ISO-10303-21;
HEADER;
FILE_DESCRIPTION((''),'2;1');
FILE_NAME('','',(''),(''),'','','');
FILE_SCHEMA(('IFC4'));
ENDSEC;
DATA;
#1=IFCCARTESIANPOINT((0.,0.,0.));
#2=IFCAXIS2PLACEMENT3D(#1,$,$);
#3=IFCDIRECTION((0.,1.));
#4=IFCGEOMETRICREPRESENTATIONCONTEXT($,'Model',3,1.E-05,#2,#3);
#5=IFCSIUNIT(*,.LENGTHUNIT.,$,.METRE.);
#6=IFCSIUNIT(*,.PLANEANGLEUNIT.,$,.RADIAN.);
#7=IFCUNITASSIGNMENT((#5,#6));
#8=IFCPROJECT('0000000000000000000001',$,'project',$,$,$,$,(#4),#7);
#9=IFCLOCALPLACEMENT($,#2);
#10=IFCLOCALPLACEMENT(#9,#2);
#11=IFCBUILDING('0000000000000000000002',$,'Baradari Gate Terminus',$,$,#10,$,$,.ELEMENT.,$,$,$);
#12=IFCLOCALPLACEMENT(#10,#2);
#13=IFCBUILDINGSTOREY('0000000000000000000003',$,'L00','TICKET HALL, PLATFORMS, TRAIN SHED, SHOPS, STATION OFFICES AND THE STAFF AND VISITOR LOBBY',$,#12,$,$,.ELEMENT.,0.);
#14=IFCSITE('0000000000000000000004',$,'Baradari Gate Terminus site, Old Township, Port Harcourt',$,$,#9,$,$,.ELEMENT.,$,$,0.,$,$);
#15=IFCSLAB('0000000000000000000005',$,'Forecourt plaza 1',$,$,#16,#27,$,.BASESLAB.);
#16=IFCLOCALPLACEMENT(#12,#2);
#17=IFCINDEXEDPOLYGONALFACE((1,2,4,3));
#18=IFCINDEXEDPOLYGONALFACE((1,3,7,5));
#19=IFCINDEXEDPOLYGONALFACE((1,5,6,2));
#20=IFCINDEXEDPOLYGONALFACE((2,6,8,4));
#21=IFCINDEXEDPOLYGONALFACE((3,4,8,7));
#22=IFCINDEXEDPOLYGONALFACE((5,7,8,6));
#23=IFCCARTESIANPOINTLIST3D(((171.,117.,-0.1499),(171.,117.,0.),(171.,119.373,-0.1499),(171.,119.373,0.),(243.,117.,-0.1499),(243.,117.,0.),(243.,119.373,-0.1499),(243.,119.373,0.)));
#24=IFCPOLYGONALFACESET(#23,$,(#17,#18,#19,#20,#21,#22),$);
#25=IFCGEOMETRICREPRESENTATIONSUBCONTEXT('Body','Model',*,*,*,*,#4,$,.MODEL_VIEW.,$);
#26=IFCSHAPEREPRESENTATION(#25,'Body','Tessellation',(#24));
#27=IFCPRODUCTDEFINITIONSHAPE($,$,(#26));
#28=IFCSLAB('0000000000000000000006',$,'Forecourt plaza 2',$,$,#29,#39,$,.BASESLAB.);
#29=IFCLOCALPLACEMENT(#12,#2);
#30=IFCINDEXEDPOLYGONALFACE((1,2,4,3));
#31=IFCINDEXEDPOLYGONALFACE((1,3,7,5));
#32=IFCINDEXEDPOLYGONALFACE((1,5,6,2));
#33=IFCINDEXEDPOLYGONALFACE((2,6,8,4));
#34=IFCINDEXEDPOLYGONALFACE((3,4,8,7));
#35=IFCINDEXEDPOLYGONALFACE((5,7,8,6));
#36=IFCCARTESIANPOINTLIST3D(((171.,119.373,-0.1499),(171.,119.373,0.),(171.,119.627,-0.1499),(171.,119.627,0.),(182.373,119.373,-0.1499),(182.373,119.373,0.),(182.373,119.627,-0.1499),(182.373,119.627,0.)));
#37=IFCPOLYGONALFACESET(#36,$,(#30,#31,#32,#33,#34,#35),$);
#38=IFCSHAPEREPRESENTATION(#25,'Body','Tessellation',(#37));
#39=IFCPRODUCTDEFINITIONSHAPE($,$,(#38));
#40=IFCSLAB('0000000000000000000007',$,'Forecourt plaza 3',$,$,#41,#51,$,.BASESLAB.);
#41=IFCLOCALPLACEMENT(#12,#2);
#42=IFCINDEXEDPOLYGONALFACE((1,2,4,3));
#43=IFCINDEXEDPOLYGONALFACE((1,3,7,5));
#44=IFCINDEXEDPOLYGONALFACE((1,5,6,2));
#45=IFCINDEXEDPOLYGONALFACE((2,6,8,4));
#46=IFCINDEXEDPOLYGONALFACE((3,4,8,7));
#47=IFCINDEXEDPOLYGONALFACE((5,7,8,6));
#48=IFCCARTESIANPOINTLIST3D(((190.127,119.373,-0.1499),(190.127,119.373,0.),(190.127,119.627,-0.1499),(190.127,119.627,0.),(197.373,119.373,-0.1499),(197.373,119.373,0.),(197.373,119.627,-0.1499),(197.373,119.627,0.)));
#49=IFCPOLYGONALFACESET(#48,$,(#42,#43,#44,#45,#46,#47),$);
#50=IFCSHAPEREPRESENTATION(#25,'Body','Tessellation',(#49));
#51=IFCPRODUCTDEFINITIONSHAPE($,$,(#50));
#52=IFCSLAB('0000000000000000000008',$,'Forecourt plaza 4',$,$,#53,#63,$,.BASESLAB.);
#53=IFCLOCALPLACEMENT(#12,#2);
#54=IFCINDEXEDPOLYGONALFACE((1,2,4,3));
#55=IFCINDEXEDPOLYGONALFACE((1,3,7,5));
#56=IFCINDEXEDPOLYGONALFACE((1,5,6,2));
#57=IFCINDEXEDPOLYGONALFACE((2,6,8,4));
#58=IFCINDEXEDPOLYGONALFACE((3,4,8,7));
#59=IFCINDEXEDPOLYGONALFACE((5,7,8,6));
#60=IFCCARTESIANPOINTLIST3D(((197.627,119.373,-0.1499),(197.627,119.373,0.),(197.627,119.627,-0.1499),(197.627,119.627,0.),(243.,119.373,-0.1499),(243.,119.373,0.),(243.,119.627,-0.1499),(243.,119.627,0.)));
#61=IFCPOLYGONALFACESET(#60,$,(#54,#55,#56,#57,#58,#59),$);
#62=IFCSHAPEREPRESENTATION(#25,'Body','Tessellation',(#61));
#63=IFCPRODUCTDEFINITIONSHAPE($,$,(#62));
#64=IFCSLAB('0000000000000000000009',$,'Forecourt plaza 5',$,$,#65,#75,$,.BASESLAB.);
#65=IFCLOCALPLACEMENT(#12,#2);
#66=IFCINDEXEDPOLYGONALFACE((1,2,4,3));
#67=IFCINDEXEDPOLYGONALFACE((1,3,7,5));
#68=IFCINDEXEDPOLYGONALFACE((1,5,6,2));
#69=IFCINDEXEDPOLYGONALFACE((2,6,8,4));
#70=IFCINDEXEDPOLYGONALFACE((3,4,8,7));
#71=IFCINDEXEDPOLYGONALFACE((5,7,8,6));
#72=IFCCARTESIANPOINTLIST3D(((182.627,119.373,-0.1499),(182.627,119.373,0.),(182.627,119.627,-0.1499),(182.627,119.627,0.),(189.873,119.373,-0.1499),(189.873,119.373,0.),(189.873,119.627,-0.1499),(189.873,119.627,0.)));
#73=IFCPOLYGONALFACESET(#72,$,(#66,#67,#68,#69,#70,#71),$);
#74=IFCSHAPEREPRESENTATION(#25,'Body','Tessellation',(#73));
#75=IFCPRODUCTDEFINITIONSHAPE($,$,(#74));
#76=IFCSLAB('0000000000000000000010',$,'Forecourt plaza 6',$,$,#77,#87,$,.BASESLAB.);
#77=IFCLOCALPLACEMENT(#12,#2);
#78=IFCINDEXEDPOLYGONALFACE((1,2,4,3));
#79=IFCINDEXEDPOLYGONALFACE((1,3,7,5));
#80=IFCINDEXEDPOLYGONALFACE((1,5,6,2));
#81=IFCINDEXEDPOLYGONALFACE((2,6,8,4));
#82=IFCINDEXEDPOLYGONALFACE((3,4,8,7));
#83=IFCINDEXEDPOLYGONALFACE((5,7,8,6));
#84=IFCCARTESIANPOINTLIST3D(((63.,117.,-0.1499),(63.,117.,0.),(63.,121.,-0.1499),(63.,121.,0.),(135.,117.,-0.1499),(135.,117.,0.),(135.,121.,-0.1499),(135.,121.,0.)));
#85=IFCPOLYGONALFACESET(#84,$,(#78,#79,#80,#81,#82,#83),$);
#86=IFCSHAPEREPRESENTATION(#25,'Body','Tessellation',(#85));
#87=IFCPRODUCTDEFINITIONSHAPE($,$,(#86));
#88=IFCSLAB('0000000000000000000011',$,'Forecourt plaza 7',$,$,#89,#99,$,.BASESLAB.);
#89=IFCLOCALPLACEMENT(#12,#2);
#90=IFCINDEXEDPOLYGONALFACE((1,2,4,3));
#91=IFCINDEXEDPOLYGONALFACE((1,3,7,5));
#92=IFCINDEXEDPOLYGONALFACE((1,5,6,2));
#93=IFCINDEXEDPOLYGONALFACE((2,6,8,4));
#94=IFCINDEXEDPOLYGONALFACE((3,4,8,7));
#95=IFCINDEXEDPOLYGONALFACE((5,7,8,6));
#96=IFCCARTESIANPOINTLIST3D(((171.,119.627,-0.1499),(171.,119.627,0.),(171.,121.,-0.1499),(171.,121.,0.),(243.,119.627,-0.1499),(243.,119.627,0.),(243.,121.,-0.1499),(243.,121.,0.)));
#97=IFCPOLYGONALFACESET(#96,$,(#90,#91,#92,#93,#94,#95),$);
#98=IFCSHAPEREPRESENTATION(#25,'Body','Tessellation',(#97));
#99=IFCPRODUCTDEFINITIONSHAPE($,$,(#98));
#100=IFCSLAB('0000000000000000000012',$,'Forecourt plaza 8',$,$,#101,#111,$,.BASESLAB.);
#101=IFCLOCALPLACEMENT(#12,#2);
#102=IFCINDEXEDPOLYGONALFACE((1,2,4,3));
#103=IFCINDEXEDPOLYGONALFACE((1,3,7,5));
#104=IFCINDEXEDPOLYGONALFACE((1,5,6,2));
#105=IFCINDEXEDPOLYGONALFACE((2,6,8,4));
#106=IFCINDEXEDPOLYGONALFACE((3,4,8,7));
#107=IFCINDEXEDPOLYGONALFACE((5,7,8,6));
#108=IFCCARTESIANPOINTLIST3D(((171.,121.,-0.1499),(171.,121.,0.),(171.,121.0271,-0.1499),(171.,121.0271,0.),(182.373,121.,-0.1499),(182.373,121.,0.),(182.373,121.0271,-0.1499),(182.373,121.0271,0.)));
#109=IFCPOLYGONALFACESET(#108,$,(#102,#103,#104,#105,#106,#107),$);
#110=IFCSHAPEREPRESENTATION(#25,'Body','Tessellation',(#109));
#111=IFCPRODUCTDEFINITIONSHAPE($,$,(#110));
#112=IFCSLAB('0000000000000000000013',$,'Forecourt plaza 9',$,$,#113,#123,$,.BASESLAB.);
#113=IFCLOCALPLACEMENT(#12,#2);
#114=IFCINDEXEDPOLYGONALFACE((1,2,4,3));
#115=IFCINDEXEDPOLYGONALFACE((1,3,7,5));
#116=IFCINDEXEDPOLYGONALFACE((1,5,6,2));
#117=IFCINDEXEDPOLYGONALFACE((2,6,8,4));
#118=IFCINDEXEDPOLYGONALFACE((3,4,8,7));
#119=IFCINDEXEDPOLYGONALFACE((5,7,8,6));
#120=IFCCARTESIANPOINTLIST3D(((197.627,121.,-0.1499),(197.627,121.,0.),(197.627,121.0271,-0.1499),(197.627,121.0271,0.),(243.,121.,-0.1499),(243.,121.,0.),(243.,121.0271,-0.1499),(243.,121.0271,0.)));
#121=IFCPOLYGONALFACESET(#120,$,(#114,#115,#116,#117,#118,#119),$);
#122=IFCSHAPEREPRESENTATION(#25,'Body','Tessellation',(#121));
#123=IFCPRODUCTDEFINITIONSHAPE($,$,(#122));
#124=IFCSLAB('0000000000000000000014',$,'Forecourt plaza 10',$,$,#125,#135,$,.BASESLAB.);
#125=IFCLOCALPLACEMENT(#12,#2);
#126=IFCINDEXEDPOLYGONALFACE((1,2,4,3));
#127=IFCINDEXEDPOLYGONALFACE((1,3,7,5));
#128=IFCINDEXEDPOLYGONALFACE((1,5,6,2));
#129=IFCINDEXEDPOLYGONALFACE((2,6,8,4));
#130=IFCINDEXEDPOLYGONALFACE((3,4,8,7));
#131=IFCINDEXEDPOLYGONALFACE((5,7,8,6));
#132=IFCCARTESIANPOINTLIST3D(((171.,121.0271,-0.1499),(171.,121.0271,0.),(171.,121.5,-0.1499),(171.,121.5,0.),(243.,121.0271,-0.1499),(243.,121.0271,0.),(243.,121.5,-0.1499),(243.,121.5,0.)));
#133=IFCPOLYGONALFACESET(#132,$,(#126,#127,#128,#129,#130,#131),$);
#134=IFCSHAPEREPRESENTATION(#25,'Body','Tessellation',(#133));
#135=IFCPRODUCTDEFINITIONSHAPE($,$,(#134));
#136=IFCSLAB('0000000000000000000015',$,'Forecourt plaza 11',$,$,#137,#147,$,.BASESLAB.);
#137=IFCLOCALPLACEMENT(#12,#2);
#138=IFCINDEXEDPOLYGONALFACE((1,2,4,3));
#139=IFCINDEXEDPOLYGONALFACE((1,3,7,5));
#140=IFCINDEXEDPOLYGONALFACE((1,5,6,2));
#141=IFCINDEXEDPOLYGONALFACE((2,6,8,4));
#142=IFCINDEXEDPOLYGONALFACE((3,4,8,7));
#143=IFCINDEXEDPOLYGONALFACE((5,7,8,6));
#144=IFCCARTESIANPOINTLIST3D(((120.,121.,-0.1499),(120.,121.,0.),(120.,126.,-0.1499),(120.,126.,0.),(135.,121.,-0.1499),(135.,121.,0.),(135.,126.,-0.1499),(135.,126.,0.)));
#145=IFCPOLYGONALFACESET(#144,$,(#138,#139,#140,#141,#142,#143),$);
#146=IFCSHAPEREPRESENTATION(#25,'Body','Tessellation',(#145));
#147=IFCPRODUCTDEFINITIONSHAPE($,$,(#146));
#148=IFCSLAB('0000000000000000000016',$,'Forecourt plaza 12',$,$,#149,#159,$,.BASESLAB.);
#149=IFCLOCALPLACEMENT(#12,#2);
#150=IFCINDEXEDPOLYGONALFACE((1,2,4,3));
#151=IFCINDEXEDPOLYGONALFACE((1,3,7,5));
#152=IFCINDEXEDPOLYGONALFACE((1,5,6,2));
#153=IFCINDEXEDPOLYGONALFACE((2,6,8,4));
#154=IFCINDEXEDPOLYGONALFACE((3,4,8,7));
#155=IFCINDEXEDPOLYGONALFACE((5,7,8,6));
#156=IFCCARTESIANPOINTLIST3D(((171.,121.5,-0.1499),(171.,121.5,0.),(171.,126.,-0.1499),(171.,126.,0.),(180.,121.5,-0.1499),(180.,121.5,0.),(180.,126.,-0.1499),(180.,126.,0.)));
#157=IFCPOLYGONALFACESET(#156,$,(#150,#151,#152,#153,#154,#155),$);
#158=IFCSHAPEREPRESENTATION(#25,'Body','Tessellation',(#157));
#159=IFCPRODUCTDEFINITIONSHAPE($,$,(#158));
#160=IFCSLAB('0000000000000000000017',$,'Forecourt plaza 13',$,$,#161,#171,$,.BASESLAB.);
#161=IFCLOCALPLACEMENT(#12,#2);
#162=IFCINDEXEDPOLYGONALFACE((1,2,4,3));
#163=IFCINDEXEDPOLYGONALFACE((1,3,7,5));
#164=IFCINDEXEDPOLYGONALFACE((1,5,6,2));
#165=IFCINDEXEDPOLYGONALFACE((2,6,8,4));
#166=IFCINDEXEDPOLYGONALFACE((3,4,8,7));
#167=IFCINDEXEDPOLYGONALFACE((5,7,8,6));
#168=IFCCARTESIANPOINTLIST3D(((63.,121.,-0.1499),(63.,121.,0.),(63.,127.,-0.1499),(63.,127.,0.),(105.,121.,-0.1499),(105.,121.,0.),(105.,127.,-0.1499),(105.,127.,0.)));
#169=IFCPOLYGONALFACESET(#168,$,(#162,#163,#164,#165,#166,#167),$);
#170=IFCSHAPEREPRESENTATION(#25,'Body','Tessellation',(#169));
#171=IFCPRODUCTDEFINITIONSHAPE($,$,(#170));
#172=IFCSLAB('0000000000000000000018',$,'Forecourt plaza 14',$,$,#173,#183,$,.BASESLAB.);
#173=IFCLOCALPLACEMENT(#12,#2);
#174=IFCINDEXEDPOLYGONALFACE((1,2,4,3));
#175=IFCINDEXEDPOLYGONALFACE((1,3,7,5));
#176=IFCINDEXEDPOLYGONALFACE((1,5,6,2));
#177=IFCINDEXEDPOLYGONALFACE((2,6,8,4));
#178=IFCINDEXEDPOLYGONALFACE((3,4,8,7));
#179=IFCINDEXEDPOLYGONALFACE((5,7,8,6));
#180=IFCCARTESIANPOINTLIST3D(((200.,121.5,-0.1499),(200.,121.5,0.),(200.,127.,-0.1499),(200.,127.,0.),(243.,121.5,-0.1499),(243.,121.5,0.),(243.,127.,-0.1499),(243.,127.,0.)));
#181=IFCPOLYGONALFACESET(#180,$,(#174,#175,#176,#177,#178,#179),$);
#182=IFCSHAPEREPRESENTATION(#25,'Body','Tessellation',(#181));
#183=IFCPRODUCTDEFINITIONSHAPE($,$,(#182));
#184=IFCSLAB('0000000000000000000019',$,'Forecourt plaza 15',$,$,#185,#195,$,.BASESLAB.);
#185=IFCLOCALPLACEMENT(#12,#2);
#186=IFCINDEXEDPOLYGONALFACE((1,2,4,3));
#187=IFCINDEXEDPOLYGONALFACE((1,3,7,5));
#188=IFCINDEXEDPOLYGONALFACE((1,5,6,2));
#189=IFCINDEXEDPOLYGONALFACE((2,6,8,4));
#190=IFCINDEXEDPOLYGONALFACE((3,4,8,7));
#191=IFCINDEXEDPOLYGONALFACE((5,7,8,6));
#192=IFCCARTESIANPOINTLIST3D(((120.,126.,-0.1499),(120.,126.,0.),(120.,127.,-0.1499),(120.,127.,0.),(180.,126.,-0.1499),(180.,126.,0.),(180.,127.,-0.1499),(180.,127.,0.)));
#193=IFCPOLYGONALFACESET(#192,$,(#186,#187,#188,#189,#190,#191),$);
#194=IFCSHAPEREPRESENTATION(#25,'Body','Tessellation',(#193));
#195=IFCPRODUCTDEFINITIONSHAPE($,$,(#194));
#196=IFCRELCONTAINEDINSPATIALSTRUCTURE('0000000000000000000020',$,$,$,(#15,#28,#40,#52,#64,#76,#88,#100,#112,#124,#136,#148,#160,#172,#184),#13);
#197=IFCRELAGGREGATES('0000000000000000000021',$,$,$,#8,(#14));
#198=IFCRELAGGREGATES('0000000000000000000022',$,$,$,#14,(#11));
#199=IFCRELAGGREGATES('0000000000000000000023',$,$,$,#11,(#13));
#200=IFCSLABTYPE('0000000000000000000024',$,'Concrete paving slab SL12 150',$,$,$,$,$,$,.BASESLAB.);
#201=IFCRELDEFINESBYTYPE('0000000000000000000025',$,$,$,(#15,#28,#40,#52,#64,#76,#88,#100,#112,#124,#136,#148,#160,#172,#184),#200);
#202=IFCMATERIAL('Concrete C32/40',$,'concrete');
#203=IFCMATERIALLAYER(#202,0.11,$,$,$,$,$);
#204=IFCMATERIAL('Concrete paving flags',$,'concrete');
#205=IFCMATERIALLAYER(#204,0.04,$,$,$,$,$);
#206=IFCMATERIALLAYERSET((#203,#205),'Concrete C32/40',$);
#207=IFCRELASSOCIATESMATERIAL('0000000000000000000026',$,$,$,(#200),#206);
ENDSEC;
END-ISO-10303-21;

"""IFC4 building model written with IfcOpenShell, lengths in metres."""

from ifc_helpers import new_model, si_unit, direction, frame, origin, place, context, subcontext, project, spatial, polyline, outline, extrude, material, layer, layer_set, type_object, element, save


model = new_model("IFC4")

# Units and contexts
model_context = context("Model", 3, precision=1e-05, world=origin(), true_north=direction((0.0, 1.0)))
body_context = subcontext(model_context, "Body", "Model", "MODEL_VIEW")
ifc_project = project(units=[si_unit("LENGTHUNIT", "METRE"), si_unit("PLANEANGLEUNIT", "RADIAN")], contexts=[model_context])

# Site, building, storey
site_placement = place(None, origin())
site = spatial("IfcSite", under=ifc_project, at=site_placement, Name="Baradari Gate Terminus site, Old Township, Port Harcourt", CompositionType="ELEMENT", RefElevation=0.0)
building_placement = place(site_placement, origin())
building = spatial("IfcBuilding", under=site, at=building_placement, Name="Baradari Gate Terminus", CompositionType="ELEMENT")
storey_placement = place(building_placement, origin())
storey = spatial("IfcBuildingStorey", under=building, at=storey_placement, Name="L00", Description="TICKET HALL, PLATFORMS, TRAIN SHED, SHOPS, STATION OFFICES AND THE STAFF AND VISITOR LOBBY", CompositionType="ELEMENT", Elevation=0.0)

# Slabs
ifc_material_1 = material(Name="Concrete C32/40", Category="concrete")
ifc_layer_1 = layer(ifc_material_1, 0.11)
ifc_material_2 = material(Name="Concrete paving flags", Category="concrete")
ifc_layer_2 = layer(ifc_material_2, 0.04)
ifc_layer_set_1 = layer_set([ifc_layer_1, ifc_layer_2], Name="Concrete C32/40")
slab_type_1 = type_object("IfcSlabType", Name="Concrete paving slab SL12 150", PredefinedType="BASESLAB", material=ifc_layer_set_1)
slab_1_placement = place(storey_placement, frame((0.0, 0.0, -0.1499)))
element("IfcSlab", 1, at=slab_1_placement, inside=storey, type_object=slab_type_1, Name="Forecourt plaza 1", PredefinedType="BASESLAB", context=body_context, shape_type="SweptSolid", body=[
    extrude(outline(polyline([(243.0, 117.0), (243.0, 119.373), (171.0, 119.373), (171.0, 117.0), (243.0, 117.0)])), origin(), (0.0, 0.0, 1.0), 0.1499),
])
slab_2_placement = place(storey_placement, frame((0.0, 0.0, -0.1499)))
element("IfcSlab", 2, at=slab_2_placement, inside=storey, type_object=slab_type_1, Name="Forecourt plaza 2", PredefinedType="BASESLAB", context=body_context, shape_type="SweptSolid", body=[
    extrude(outline(polyline([(182.373, 119.373), (182.373, 119.627), (171.0, 119.627), (171.0, 119.373), (182.373, 119.373)])), origin(), (0.0, 0.0, 1.0), 0.1499),
])
slab_3_placement = place(storey_placement, frame((0.0, 0.0, -0.1499)))
element("IfcSlab", 3, at=slab_3_placement, inside=storey, type_object=slab_type_1, Name="Forecourt plaza 3", PredefinedType="BASESLAB", context=body_context, shape_type="SweptSolid", body=[
    extrude(outline(polyline([(197.373, 119.373), (197.373, 119.627), (190.127, 119.627), (190.127, 119.373), (197.373, 119.373)])), origin(), (0.0, 0.0, 1.0), 0.1499),
])
slab_4_placement = place(storey_placement, frame((0.0, 0.0, -0.1499)))
element("IfcSlab", 4, at=slab_4_placement, inside=storey, type_object=slab_type_1, Name="Forecourt plaza 4", PredefinedType="BASESLAB", context=body_context, shape_type="SweptSolid", body=[
    extrude(outline(polyline([(243.0, 119.373), (243.0, 119.627), (197.627, 119.627), (197.627, 119.373), (243.0, 119.373)])), origin(), (0.0, 0.0, 1.0), 0.1499),
])
slab_5_placement = place(storey_placement, frame((0.0, 0.0, -0.1499)))
element("IfcSlab", 5, at=slab_5_placement, inside=storey, type_object=slab_type_1, Name="Forecourt plaza 5", PredefinedType="BASESLAB", context=body_context, shape_type="SweptSolid", body=[
    extrude(outline(polyline([(189.873, 119.373), (189.873, 119.627), (182.627, 119.627), (182.627, 119.373), (189.873, 119.373)])), origin(), (0.0, 0.0, 1.0), 0.1499),
])
slab_6_placement = place(storey_placement, frame((0.0, 0.0, -0.1499)))
element("IfcSlab", 6, at=slab_6_placement, inside=storey, type_object=slab_type_1, Name="Forecourt plaza 6", PredefinedType="BASESLAB", context=body_context, shape_type="SweptSolid", body=[
    extrude(outline(polyline([(135.0, 117.0), (135.0, 121.0), (63.0, 121.0), (63.0, 117.0), (135.0, 117.0)])), origin(), (0.0, 0.0, 1.0), 0.1499),
])
slab_7_placement = place(storey_placement, frame((0.0, 0.0, -0.1499)))
element("IfcSlab", 7, at=slab_7_placement, inside=storey, type_object=slab_type_1, Name="Forecourt plaza 7", PredefinedType="BASESLAB", context=body_context, shape_type="SweptSolid", body=[
    extrude(outline(polyline([(243.0, 119.627), (243.0, 121.0), (171.0, 121.0), (171.0, 119.627), (243.0, 119.627)])), origin(), (0.0, 0.0, 1.0), 0.1499),
])
slab_8_placement = place(storey_placement, frame((0.0, 0.0, -0.1499)))
element("IfcSlab", 8, at=slab_8_placement, inside=storey, type_object=slab_type_1, Name="Forecourt plaza 8", PredefinedType="BASESLAB", context=body_context, shape_type="SweptSolid", body=[
    extrude(outline(polyline([(182.373, 121.0), (182.373, 121.0271), (171.0, 121.0271), (171.0, 121.0), (182.373, 121.0)])), origin(), (0.0, 0.0, 1.0), 0.1499),
])
slab_9_placement = place(storey_placement, frame((0.0, 0.0, -0.1499)))
element("IfcSlab", 9, at=slab_9_placement, inside=storey, type_object=slab_type_1, Name="Forecourt plaza 9", PredefinedType="BASESLAB", context=body_context, shape_type="SweptSolid", body=[
    extrude(outline(polyline([(243.0, 121.0), (243.0, 121.0271), (197.627, 121.0271), (197.627, 121.0), (243.0, 121.0)])), origin(), (0.0, 0.0, 1.0), 0.1499),
])
slab_10_placement = place(storey_placement, frame((0.0, 0.0, -0.1499)))
element("IfcSlab", 10, at=slab_10_placement, inside=storey, type_object=slab_type_1, Name="Forecourt plaza 10", PredefinedType="BASESLAB", context=body_context, shape_type="SweptSolid", body=[
    extrude(outline(polyline([(243.0, 121.0271), (243.0, 121.5), (171.0, 121.5), (171.0, 121.0271), (243.0, 121.0271)])), origin(), (0.0, 0.0, 1.0), 0.1499),
])
slab_11_placement = place(storey_placement, frame((0.0, 0.0, -0.1499)))
element("IfcSlab", 11, at=slab_11_placement, inside=storey, type_object=slab_type_1, Name="Forecourt plaza 11", PredefinedType="BASESLAB", context=body_context, shape_type="SweptSolid", body=[
    extrude(outline(polyline([(135.0, 121.0), (135.0, 126.0), (120.0, 126.0), (120.0, 121.0), (135.0, 121.0)])), origin(), (0.0, 0.0, 1.0), 0.1499),
])
slab_12_placement = place(storey_placement, frame((0.0, 0.0, -0.1499)))
element("IfcSlab", 12, at=slab_12_placement, inside=storey, type_object=slab_type_1, Name="Forecourt plaza 12", PredefinedType="BASESLAB", context=body_context, shape_type="SweptSolid", body=[
    extrude(outline(polyline([(180.0, 121.5), (180.0, 126.0), (171.0, 126.0), (171.0, 121.5), (180.0, 121.5)])), origin(), (0.0, 0.0, 1.0), 0.1499),
])
slab_13_placement = place(storey_placement, frame((0.0, 0.0, -0.1499)))
element("IfcSlab", 13, at=slab_13_placement, inside=storey, type_object=slab_type_1, Name="Forecourt plaza 13", PredefinedType="BASESLAB", context=body_context, shape_type="SweptSolid", body=[
    extrude(outline(polyline([(105.0, 121.0), (105.0, 127.0), (63.0, 127.0), (63.0, 121.0), (105.0, 121.0)])), origin(), (0.0, 0.0, 1.0), 0.1499),
])
slab_14_placement = place(storey_placement, frame((0.0, 0.0, -0.1499)))
element("IfcSlab", 14, at=slab_14_placement, inside=storey, type_object=slab_type_1, Name="Forecourt plaza 14", PredefinedType="BASESLAB", context=body_context, shape_type="SweptSolid", body=[
    extrude(outline(polyline([(243.0, 121.5), (243.0, 127.0), (200.0, 127.0), (200.0, 121.5), (243.0, 121.5)])), origin(), (0.0, 0.0, 1.0), 0.1499),
])
slab_15_placement = place(storey_placement, frame((0.0, 0.0, -0.1499)))
element("IfcSlab", 15, at=slab_15_placement, inside=storey, type_object=slab_type_1, Name="Forecourt plaza 15", PredefinedType="BASESLAB", context=body_context, shape_type="SweptSolid", body=[
    extrude(outline(polyline([(180.0, 126.0), (180.0, 127.0), (120.0, 127.0), (120.0, 126.0), (180.0, 126.0)])), origin(), (0.0, 0.0, 1.0), 0.1499),
])

save(model, "model.ifc")
